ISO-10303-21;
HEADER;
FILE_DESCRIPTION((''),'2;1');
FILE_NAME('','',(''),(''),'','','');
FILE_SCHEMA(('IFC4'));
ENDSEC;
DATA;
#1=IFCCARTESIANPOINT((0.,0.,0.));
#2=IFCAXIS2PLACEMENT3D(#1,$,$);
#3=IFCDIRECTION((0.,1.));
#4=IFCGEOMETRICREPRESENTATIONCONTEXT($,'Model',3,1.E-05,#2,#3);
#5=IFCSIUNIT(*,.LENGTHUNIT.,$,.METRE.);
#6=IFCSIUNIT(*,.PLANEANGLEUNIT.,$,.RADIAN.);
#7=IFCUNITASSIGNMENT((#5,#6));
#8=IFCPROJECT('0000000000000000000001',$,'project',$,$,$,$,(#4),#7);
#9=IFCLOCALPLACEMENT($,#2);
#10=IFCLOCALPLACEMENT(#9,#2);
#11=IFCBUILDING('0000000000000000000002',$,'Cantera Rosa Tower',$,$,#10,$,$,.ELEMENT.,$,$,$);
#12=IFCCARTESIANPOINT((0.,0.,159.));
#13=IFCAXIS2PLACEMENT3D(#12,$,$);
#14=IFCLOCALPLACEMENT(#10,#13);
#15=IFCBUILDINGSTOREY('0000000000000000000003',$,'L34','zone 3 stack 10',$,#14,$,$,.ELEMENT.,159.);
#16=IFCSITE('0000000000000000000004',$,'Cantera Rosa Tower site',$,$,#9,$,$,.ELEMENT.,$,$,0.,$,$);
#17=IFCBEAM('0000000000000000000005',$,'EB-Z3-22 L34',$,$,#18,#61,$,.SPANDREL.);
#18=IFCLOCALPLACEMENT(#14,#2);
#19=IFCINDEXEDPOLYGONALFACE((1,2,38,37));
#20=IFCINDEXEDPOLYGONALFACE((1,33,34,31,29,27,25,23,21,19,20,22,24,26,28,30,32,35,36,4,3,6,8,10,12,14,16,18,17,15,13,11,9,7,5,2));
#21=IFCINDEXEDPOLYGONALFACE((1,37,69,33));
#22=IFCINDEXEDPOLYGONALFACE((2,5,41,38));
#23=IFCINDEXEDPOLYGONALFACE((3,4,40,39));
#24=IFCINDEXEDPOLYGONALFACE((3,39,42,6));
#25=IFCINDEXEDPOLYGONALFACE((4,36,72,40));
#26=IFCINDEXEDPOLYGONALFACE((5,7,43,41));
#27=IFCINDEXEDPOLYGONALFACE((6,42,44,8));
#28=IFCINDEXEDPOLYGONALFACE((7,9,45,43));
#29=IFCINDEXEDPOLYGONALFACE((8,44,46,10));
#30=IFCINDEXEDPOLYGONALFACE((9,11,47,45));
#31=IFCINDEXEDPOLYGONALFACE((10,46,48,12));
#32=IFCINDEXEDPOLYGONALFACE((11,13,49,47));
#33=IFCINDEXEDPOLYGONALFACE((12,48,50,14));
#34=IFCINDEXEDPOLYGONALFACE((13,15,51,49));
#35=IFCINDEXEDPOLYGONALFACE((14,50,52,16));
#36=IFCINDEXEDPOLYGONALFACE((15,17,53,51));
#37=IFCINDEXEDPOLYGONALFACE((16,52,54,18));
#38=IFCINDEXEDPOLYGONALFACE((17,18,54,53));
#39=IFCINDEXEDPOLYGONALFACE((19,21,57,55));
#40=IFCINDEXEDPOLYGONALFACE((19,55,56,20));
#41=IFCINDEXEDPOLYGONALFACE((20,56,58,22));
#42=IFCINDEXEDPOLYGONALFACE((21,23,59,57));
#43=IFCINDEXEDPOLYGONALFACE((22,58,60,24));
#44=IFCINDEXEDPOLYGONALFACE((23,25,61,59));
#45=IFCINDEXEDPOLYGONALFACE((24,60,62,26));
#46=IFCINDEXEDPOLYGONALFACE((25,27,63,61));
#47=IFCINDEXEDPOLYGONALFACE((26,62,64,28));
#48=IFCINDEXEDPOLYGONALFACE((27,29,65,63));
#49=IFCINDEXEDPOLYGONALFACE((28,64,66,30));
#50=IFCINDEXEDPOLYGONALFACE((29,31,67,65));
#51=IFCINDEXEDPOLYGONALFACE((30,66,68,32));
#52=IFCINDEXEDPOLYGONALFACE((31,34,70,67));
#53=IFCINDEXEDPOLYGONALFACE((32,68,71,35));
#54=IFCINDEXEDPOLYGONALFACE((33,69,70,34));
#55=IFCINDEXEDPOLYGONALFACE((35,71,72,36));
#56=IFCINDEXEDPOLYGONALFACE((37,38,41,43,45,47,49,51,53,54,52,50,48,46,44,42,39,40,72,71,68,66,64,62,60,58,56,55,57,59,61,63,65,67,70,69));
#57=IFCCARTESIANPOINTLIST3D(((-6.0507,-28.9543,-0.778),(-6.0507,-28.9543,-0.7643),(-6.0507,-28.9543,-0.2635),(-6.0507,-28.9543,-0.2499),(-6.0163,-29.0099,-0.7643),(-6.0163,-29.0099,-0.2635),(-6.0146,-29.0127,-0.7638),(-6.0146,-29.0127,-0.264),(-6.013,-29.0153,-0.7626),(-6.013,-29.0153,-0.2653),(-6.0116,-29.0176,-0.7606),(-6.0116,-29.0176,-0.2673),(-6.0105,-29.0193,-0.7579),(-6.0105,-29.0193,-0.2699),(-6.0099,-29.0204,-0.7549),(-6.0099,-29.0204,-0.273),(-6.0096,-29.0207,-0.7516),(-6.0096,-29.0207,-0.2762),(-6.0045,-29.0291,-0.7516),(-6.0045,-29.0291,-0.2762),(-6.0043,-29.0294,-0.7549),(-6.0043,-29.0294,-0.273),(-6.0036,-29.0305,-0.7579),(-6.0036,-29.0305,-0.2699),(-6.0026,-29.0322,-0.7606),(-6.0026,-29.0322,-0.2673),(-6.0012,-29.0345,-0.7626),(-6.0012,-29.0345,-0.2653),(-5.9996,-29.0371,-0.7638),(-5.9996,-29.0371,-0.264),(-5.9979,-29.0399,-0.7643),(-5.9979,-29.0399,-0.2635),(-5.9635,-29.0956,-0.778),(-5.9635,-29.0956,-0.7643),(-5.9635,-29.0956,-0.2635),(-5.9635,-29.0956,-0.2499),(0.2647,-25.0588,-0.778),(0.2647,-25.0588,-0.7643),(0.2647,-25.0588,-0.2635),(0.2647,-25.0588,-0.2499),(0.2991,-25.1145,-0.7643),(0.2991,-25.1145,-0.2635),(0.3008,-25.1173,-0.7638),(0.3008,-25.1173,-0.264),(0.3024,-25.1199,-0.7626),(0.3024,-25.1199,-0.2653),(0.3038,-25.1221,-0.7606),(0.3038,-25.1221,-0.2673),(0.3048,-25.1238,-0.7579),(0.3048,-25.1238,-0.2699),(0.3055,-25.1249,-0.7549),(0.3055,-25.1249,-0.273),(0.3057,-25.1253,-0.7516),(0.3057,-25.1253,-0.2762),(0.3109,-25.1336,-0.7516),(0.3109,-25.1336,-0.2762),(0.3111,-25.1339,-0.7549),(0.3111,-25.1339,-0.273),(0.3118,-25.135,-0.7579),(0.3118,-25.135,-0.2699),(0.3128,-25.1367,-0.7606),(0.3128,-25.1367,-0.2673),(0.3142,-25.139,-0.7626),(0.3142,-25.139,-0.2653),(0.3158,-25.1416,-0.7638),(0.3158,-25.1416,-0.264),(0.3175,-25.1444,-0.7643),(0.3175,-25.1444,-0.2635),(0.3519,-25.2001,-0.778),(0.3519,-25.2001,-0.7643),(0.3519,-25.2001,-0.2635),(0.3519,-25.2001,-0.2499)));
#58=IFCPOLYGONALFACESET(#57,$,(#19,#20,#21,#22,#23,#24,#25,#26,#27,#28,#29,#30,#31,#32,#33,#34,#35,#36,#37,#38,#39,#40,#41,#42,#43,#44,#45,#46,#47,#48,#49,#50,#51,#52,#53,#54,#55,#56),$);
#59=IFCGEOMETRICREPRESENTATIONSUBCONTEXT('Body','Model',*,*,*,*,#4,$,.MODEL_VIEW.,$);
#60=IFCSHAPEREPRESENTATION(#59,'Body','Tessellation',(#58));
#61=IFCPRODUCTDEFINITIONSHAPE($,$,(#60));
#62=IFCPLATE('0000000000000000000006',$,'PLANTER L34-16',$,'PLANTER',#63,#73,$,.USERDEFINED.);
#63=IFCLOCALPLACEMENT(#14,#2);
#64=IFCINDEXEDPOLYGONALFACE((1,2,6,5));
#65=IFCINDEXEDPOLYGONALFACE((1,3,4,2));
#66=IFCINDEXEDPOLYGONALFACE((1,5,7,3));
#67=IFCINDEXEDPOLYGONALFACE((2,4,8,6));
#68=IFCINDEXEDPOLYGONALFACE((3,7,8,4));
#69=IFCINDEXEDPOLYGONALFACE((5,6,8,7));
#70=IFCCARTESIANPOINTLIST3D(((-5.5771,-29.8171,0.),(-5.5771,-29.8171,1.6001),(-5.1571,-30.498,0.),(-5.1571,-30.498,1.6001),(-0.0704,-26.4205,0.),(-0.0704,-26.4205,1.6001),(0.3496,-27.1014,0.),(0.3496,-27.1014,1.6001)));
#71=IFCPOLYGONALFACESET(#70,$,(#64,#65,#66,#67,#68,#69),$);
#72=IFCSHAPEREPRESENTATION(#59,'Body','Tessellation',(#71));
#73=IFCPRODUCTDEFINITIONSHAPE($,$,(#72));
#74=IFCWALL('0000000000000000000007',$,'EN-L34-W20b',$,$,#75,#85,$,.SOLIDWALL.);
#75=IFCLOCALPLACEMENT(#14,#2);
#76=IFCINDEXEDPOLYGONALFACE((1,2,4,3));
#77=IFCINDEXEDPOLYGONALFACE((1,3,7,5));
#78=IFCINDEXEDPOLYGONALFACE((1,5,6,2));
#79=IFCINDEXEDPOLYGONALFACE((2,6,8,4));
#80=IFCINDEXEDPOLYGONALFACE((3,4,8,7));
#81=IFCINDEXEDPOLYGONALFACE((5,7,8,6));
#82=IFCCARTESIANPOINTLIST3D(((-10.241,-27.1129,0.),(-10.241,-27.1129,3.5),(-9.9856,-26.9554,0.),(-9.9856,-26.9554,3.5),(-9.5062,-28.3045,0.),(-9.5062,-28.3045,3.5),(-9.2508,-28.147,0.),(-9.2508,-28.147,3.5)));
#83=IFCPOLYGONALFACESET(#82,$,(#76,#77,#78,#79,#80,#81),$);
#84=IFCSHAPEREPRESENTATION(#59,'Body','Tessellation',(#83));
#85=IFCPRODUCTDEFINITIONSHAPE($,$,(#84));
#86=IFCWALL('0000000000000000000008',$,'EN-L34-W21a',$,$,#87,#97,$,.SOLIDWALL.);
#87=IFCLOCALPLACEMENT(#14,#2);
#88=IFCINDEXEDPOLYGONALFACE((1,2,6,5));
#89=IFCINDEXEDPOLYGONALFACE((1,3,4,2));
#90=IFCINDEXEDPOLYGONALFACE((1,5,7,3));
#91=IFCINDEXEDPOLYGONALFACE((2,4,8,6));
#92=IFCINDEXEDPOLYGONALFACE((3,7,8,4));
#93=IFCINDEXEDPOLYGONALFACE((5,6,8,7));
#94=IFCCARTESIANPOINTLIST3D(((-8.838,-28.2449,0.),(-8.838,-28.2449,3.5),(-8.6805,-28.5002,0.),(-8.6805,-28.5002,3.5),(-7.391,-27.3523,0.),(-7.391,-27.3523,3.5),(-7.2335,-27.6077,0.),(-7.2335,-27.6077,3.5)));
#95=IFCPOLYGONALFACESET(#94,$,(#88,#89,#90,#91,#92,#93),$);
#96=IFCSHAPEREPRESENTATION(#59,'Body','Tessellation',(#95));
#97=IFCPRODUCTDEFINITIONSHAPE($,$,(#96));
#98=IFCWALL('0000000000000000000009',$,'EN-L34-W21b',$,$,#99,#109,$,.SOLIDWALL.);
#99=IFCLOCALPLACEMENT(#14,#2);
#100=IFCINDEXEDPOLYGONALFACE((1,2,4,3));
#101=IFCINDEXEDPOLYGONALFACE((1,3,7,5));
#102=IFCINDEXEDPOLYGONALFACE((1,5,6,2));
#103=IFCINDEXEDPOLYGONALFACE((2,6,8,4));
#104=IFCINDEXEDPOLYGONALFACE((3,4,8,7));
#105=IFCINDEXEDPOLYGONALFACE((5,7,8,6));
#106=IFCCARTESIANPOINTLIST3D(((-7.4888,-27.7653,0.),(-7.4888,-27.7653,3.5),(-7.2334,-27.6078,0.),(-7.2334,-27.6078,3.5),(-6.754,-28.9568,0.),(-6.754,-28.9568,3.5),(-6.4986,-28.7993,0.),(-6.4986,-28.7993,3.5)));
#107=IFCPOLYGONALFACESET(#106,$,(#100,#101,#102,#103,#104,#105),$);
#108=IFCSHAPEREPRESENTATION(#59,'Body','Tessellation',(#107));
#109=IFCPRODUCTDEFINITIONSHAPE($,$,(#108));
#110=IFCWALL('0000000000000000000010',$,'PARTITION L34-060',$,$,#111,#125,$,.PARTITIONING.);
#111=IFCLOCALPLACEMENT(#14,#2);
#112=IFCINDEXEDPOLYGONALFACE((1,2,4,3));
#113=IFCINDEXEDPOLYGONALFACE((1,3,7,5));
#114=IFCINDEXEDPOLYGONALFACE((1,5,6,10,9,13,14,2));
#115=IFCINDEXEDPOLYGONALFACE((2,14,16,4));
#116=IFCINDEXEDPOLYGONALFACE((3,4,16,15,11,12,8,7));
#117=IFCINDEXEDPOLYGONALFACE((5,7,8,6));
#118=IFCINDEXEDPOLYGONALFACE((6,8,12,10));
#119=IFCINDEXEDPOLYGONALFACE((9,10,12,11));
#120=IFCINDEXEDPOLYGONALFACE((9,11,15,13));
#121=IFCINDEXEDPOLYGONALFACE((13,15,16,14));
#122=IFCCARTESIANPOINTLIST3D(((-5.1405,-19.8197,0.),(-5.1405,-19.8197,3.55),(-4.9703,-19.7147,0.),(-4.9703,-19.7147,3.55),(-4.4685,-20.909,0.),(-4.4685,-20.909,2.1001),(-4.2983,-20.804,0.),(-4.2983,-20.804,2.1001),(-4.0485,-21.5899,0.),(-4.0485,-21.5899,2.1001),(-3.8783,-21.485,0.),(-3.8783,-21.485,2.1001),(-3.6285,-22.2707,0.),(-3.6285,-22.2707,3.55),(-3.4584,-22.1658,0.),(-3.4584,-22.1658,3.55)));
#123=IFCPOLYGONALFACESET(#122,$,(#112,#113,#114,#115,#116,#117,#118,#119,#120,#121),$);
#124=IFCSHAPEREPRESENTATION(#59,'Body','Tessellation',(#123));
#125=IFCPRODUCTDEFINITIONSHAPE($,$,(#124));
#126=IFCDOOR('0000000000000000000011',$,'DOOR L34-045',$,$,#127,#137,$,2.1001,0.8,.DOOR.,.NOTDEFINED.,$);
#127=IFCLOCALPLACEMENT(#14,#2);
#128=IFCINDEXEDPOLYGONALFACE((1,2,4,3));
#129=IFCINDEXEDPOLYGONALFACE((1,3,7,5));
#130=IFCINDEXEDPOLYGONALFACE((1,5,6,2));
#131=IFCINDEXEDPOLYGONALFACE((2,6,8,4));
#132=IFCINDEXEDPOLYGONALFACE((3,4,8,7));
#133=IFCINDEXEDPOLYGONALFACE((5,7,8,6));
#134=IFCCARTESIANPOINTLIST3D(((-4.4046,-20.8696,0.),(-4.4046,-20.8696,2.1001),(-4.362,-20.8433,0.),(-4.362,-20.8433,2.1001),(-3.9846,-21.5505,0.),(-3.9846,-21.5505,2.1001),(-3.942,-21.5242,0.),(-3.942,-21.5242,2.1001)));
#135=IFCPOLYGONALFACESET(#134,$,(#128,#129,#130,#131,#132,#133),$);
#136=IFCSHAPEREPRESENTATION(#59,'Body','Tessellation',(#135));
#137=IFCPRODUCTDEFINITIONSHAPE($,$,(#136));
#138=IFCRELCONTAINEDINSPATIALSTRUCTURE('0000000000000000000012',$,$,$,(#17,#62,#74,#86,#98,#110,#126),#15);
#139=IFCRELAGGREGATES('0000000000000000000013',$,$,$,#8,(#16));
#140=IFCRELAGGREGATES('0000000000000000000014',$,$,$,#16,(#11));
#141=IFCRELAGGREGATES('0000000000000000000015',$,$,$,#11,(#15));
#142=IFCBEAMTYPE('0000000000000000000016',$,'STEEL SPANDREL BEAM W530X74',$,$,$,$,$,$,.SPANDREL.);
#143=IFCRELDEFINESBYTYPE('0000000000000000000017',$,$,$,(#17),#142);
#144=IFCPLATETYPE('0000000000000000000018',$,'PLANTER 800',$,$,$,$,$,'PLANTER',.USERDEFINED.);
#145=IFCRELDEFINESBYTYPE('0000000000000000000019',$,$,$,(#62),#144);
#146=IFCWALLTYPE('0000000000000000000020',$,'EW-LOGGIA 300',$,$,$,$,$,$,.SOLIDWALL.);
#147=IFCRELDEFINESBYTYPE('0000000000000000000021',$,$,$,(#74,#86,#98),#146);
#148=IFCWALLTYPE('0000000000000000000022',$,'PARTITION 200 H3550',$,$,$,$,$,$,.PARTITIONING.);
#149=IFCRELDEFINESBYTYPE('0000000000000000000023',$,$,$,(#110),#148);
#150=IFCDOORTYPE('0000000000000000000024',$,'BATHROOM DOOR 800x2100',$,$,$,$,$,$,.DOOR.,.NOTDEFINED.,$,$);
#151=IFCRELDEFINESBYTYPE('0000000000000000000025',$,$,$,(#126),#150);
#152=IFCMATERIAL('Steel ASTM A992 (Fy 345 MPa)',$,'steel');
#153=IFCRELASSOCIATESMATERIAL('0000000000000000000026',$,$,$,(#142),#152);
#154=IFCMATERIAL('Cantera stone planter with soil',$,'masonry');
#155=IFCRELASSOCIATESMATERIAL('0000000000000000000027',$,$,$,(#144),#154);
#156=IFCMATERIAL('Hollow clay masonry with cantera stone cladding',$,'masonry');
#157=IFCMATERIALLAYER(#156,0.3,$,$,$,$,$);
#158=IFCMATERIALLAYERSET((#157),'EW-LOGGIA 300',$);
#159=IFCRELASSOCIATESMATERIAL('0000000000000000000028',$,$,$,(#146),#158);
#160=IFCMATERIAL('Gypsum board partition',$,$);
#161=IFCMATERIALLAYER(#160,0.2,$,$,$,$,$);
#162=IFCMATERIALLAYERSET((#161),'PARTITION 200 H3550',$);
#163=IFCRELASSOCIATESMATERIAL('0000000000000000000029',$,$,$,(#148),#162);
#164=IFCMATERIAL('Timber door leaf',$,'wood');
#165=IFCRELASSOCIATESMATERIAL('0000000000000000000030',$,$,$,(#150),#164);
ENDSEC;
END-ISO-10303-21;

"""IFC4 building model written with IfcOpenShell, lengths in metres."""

from ifc_helpers import new_model, si_unit, direction, frame, frame_2d, origin, origin_2d, place, context, subcontext, project, spatial, rectangle, i_section, extrude, material, layer, layer_set, material_profile, profile_set, type_object, element, fill, save


model = new_model("IFC4")

# Units and contexts
model_context = context("Model", 3, precision=1e-05, world=origin(), true_north=direction((0.0, 1.0)))
body_context = subcontext(model_context, "Body", "Model", "MODEL_VIEW")
ifc_project = project(units=[si_unit("LENGTHUNIT", "METRE"), si_unit("PLANEANGLEUNIT", "RADIAN")], contexts=[model_context])

# Site, building, storey
site_placement = place(None, origin())
site = spatial("IfcSite", under=ifc_project, at=site_placement, Name="Cantera Rosa Tower site", CompositionType="ELEMENT", RefElevation=0.0)
building_placement = place(site_placement, origin())
building = spatial("IfcBuilding", under=site, at=building_placement, Name="Cantera Rosa Tower", CompositionType="ELEMENT")
storey_placement = place(building_placement, frame((0.0, 0.0, 159.0)))
storey = spatial("IfcBuildingStorey", under=building, at=storey_placement, Name="L34", Description="zone 3 stack 10", CompositionType="ELEMENT", Elevation=159.0)

# Beam
ifc_material_1 = material(Name="Steel ASTM A992 (Fy 345 MPa)", Category="steel")
ifc_material_profile_1 = material_profile(ifc_material_1, i_section(OverallWidth=0.166, OverallDepth=0.5281, WebThickness=0.0098, FlangeThickness=0.0137, FilletRadius=0.0127, at=origin_2d()), Name="W530X74")
ifc_profile_set_1 = profile_set([ifc_material_profile_1], Name="Steel ASTM A992 (Fy 345 MPa)")
beam_type_1 = type_object("IfcBeamType", Name="STEEL SPANDREL BEAM W530X74", PredefinedType="SPANDREL", material=ifc_profile_set_1)
beam_1_placement = place(storey_placement, frame((-6.0071, -29.0249, -0.5139), z_axis=(0.851111, 0.524986, 0.0), x_axis=(-0.524986, 0.851111, 0.0)))
element("IfcBeam", 1, at=beam_1_placement, inside=storey, type_object=beam_type_1, Name="EB-Z3-22 L34", PredefinedType="SPANDREL", context=body_context, shape_type="SweptSolid", body=[
    extrude(i_section(OverallWidth=0.166, OverallDepth=0.5281, WebThickness=0.0098, FlangeThickness=0.0137, FilletRadius=0.0127, at=origin_2d()), origin(), (0.0, 0.0, 1.0), 7.4202),
])

# Plate
ifc_material_2 = material(Name="Cantera stone planter with soil", Category="masonry")
plate_type = type_object("IfcPlateType", Name="PLANTER 800", ElementType="PLANTER", PredefinedType="USERDEFINED", material=ifc_material_2)
plate_placement = place(storey_placement, frame((-2.6138, -28.4592, 0.0), z_axis=(0.0, 0.0, 1.0), x_axis=(0.851117, 0.524977, 0.0)))
element("IfcPlate", 2, at=plate_placement, inside=storey, type_object=plate_type, Name="PLANTER L34-16", ObjectType="PLANTER", PredefinedType="USERDEFINED", context=body_context, shape_type="SweptSolid", body=[
    extrude(rectangle(XDim=6.47, YDim=0.8, at=origin_2d()), origin(), (0.0, 0.0, 1.0), 1.6001),
])

# Walls
ifc_material_3 = material(Name="Hollow clay masonry with cantera stone cladding", Category="masonry")
ifc_layer_1 = layer(ifc_material_3, 0.3)
ifc_layer_set_1 = layer_set([ifc_layer_1], Name="EW-LOGGIA 300")
wall_type_1 = type_object("IfcWallType", Name="EW-LOGGIA 300", PredefinedType="SOLIDWALL", material=ifc_layer_set_1)
wall_1_placement = place(storey_placement, frame((-10.1133, -27.0342, 0.0), z_axis=(0.0, 0.0, 1.0), x_axis=(0.524895, -0.851167, 0.0)))
element("IfcWall", 3, at=wall_1_placement, inside=storey, type_object=wall_type_1, Name="EN-L34-W20b", PredefinedType="SOLIDWALL", context=body_context, shape_type="SweptSolid", body=[
    extrude(rectangle(XDim=1.3999, YDim=0.3, at=frame_2d((0.7, 0.0))), origin(), (0.0, 0.0, 1.0), 3.5),
])
wall_2_placement = place(storey_placement, frame((-8.7593, -28.3726, 0.0), z_axis=(0.0, 0.0, 1.0), x_axis=(0.851106, 0.524994, 0.0)))
element("IfcWall", 4, at=wall_2_placement, inside=storey, type_object=wall_type_1, Name="EN-L34-W21a", PredefinedType="SOLIDWALL", context=body_context, shape_type="SweptSolid", body=[
    extrude(rectangle(XDim=1.7002, YDim=0.3, at=frame_2d((0.8501, 0.0))), origin(), (0.0, 0.0, 1.0), 3.5),
])
wall_3_placement = place(storey_placement, frame((-7.3611, -27.6865, 0.0), z_axis=(0.0, 0.0, 1.0), x_axis=(0.524895, -0.851167, 0.0)))
element("IfcWall", 5, at=wall_3_placement, inside=storey, type_object=wall_type_1, Name="EN-L34-W21b", PredefinedType="SOLIDWALL", context=body_context, shape_type="SweptSolid", body=[
    extrude(rectangle(XDim=1.3999, YDim=0.3, at=frame_2d((0.7, 0.0))), origin(), (0.0, 0.0, 1.0), 3.5),
])

# Wall, opening, door
ifc_material_4 = material(Name="Gypsum board partition")
ifc_layer_2 = layer(ifc_material_4, 0.2)
ifc_layer_set_2 = layer_set([ifc_layer_2], Name="PARTITION 200 H3550")
wall_type_2 = type_object("IfcWallType", Name="PARTITION 200 H3550", PredefinedType="PARTITIONING", material=ifc_layer_set_2)
wall_4_placement = place(storey_placement, frame((-3.5435, -22.2183, 0.0), z_axis=(0.0, 0.0, 1.0), x_axis=(-0.524991, 0.851108, 0.0)))
wall_4 = element("IfcWall", 6, at=wall_4_placement, inside=storey, type_object=wall_type_2, Name="PARTITION L34-060", PredefinedType="PARTITIONING", context=body_context, shape_type="SweptSolid", body=[
    extrude(rectangle(XDim=2.8799, YDim=0.2, at=frame_2d((1.4399, 0.0))), origin(), (0.0, 0.0, 1.0), 3.55),
])
opening_1_placement = place(wall_4_placement, frame((0.8, 0.0, 0.0)))
opening_1 = element("IfcOpeningElement", 7, at=opening_1_placement, cuts=wall_4, PredefinedType="OPENING", context=body_context, shape_type="SweptSolid", body=[
    extrude(rectangle(XDim=0.8, YDim=2.1001, at=frame_2d((0.3999, 1.05))), frame((0.0, 0.1099, 0.0), z_axis=(0.0, -1.0, 0.0), x_axis=(1.0, 0.0, 0.0)), (0.0, 0.0, 1.0), 0.22),
])
ifc_material_5 = material(Name="Timber door leaf", Category="wood")
door_type_1 = type_object("IfcDoorType", Name="BATHROOM DOOR 800x2100", OperationType="NOTDEFINED", PredefinedType="DOOR", material=ifc_material_5)
door_1_placement = place(opening_1_placement, origin())
door_1 = element("IfcDoor", 8, at=door_1_placement, inside=storey, type_object=door_type_1, Name="DOOR L34-045", OperationType="NOTDEFINED", OverallHeight=2.1001, OverallWidth=0.8, PredefinedType="DOOR", context=body_context, shape_type="SweptSolid", body=[
    extrude(rectangle(XDim=0.8, YDim=2.1001, at=frame_2d((0.3999, 1.05))), frame((0.0, 0.0249, 0.0), z_axis=(0.0, -1.0, 0.0), x_axis=(1.0, 0.0, 0.0)), (0.0, 0.0, 1.0), 0.05),
])
fill(opening_1, door_1)

save(model, "model.ifc")
